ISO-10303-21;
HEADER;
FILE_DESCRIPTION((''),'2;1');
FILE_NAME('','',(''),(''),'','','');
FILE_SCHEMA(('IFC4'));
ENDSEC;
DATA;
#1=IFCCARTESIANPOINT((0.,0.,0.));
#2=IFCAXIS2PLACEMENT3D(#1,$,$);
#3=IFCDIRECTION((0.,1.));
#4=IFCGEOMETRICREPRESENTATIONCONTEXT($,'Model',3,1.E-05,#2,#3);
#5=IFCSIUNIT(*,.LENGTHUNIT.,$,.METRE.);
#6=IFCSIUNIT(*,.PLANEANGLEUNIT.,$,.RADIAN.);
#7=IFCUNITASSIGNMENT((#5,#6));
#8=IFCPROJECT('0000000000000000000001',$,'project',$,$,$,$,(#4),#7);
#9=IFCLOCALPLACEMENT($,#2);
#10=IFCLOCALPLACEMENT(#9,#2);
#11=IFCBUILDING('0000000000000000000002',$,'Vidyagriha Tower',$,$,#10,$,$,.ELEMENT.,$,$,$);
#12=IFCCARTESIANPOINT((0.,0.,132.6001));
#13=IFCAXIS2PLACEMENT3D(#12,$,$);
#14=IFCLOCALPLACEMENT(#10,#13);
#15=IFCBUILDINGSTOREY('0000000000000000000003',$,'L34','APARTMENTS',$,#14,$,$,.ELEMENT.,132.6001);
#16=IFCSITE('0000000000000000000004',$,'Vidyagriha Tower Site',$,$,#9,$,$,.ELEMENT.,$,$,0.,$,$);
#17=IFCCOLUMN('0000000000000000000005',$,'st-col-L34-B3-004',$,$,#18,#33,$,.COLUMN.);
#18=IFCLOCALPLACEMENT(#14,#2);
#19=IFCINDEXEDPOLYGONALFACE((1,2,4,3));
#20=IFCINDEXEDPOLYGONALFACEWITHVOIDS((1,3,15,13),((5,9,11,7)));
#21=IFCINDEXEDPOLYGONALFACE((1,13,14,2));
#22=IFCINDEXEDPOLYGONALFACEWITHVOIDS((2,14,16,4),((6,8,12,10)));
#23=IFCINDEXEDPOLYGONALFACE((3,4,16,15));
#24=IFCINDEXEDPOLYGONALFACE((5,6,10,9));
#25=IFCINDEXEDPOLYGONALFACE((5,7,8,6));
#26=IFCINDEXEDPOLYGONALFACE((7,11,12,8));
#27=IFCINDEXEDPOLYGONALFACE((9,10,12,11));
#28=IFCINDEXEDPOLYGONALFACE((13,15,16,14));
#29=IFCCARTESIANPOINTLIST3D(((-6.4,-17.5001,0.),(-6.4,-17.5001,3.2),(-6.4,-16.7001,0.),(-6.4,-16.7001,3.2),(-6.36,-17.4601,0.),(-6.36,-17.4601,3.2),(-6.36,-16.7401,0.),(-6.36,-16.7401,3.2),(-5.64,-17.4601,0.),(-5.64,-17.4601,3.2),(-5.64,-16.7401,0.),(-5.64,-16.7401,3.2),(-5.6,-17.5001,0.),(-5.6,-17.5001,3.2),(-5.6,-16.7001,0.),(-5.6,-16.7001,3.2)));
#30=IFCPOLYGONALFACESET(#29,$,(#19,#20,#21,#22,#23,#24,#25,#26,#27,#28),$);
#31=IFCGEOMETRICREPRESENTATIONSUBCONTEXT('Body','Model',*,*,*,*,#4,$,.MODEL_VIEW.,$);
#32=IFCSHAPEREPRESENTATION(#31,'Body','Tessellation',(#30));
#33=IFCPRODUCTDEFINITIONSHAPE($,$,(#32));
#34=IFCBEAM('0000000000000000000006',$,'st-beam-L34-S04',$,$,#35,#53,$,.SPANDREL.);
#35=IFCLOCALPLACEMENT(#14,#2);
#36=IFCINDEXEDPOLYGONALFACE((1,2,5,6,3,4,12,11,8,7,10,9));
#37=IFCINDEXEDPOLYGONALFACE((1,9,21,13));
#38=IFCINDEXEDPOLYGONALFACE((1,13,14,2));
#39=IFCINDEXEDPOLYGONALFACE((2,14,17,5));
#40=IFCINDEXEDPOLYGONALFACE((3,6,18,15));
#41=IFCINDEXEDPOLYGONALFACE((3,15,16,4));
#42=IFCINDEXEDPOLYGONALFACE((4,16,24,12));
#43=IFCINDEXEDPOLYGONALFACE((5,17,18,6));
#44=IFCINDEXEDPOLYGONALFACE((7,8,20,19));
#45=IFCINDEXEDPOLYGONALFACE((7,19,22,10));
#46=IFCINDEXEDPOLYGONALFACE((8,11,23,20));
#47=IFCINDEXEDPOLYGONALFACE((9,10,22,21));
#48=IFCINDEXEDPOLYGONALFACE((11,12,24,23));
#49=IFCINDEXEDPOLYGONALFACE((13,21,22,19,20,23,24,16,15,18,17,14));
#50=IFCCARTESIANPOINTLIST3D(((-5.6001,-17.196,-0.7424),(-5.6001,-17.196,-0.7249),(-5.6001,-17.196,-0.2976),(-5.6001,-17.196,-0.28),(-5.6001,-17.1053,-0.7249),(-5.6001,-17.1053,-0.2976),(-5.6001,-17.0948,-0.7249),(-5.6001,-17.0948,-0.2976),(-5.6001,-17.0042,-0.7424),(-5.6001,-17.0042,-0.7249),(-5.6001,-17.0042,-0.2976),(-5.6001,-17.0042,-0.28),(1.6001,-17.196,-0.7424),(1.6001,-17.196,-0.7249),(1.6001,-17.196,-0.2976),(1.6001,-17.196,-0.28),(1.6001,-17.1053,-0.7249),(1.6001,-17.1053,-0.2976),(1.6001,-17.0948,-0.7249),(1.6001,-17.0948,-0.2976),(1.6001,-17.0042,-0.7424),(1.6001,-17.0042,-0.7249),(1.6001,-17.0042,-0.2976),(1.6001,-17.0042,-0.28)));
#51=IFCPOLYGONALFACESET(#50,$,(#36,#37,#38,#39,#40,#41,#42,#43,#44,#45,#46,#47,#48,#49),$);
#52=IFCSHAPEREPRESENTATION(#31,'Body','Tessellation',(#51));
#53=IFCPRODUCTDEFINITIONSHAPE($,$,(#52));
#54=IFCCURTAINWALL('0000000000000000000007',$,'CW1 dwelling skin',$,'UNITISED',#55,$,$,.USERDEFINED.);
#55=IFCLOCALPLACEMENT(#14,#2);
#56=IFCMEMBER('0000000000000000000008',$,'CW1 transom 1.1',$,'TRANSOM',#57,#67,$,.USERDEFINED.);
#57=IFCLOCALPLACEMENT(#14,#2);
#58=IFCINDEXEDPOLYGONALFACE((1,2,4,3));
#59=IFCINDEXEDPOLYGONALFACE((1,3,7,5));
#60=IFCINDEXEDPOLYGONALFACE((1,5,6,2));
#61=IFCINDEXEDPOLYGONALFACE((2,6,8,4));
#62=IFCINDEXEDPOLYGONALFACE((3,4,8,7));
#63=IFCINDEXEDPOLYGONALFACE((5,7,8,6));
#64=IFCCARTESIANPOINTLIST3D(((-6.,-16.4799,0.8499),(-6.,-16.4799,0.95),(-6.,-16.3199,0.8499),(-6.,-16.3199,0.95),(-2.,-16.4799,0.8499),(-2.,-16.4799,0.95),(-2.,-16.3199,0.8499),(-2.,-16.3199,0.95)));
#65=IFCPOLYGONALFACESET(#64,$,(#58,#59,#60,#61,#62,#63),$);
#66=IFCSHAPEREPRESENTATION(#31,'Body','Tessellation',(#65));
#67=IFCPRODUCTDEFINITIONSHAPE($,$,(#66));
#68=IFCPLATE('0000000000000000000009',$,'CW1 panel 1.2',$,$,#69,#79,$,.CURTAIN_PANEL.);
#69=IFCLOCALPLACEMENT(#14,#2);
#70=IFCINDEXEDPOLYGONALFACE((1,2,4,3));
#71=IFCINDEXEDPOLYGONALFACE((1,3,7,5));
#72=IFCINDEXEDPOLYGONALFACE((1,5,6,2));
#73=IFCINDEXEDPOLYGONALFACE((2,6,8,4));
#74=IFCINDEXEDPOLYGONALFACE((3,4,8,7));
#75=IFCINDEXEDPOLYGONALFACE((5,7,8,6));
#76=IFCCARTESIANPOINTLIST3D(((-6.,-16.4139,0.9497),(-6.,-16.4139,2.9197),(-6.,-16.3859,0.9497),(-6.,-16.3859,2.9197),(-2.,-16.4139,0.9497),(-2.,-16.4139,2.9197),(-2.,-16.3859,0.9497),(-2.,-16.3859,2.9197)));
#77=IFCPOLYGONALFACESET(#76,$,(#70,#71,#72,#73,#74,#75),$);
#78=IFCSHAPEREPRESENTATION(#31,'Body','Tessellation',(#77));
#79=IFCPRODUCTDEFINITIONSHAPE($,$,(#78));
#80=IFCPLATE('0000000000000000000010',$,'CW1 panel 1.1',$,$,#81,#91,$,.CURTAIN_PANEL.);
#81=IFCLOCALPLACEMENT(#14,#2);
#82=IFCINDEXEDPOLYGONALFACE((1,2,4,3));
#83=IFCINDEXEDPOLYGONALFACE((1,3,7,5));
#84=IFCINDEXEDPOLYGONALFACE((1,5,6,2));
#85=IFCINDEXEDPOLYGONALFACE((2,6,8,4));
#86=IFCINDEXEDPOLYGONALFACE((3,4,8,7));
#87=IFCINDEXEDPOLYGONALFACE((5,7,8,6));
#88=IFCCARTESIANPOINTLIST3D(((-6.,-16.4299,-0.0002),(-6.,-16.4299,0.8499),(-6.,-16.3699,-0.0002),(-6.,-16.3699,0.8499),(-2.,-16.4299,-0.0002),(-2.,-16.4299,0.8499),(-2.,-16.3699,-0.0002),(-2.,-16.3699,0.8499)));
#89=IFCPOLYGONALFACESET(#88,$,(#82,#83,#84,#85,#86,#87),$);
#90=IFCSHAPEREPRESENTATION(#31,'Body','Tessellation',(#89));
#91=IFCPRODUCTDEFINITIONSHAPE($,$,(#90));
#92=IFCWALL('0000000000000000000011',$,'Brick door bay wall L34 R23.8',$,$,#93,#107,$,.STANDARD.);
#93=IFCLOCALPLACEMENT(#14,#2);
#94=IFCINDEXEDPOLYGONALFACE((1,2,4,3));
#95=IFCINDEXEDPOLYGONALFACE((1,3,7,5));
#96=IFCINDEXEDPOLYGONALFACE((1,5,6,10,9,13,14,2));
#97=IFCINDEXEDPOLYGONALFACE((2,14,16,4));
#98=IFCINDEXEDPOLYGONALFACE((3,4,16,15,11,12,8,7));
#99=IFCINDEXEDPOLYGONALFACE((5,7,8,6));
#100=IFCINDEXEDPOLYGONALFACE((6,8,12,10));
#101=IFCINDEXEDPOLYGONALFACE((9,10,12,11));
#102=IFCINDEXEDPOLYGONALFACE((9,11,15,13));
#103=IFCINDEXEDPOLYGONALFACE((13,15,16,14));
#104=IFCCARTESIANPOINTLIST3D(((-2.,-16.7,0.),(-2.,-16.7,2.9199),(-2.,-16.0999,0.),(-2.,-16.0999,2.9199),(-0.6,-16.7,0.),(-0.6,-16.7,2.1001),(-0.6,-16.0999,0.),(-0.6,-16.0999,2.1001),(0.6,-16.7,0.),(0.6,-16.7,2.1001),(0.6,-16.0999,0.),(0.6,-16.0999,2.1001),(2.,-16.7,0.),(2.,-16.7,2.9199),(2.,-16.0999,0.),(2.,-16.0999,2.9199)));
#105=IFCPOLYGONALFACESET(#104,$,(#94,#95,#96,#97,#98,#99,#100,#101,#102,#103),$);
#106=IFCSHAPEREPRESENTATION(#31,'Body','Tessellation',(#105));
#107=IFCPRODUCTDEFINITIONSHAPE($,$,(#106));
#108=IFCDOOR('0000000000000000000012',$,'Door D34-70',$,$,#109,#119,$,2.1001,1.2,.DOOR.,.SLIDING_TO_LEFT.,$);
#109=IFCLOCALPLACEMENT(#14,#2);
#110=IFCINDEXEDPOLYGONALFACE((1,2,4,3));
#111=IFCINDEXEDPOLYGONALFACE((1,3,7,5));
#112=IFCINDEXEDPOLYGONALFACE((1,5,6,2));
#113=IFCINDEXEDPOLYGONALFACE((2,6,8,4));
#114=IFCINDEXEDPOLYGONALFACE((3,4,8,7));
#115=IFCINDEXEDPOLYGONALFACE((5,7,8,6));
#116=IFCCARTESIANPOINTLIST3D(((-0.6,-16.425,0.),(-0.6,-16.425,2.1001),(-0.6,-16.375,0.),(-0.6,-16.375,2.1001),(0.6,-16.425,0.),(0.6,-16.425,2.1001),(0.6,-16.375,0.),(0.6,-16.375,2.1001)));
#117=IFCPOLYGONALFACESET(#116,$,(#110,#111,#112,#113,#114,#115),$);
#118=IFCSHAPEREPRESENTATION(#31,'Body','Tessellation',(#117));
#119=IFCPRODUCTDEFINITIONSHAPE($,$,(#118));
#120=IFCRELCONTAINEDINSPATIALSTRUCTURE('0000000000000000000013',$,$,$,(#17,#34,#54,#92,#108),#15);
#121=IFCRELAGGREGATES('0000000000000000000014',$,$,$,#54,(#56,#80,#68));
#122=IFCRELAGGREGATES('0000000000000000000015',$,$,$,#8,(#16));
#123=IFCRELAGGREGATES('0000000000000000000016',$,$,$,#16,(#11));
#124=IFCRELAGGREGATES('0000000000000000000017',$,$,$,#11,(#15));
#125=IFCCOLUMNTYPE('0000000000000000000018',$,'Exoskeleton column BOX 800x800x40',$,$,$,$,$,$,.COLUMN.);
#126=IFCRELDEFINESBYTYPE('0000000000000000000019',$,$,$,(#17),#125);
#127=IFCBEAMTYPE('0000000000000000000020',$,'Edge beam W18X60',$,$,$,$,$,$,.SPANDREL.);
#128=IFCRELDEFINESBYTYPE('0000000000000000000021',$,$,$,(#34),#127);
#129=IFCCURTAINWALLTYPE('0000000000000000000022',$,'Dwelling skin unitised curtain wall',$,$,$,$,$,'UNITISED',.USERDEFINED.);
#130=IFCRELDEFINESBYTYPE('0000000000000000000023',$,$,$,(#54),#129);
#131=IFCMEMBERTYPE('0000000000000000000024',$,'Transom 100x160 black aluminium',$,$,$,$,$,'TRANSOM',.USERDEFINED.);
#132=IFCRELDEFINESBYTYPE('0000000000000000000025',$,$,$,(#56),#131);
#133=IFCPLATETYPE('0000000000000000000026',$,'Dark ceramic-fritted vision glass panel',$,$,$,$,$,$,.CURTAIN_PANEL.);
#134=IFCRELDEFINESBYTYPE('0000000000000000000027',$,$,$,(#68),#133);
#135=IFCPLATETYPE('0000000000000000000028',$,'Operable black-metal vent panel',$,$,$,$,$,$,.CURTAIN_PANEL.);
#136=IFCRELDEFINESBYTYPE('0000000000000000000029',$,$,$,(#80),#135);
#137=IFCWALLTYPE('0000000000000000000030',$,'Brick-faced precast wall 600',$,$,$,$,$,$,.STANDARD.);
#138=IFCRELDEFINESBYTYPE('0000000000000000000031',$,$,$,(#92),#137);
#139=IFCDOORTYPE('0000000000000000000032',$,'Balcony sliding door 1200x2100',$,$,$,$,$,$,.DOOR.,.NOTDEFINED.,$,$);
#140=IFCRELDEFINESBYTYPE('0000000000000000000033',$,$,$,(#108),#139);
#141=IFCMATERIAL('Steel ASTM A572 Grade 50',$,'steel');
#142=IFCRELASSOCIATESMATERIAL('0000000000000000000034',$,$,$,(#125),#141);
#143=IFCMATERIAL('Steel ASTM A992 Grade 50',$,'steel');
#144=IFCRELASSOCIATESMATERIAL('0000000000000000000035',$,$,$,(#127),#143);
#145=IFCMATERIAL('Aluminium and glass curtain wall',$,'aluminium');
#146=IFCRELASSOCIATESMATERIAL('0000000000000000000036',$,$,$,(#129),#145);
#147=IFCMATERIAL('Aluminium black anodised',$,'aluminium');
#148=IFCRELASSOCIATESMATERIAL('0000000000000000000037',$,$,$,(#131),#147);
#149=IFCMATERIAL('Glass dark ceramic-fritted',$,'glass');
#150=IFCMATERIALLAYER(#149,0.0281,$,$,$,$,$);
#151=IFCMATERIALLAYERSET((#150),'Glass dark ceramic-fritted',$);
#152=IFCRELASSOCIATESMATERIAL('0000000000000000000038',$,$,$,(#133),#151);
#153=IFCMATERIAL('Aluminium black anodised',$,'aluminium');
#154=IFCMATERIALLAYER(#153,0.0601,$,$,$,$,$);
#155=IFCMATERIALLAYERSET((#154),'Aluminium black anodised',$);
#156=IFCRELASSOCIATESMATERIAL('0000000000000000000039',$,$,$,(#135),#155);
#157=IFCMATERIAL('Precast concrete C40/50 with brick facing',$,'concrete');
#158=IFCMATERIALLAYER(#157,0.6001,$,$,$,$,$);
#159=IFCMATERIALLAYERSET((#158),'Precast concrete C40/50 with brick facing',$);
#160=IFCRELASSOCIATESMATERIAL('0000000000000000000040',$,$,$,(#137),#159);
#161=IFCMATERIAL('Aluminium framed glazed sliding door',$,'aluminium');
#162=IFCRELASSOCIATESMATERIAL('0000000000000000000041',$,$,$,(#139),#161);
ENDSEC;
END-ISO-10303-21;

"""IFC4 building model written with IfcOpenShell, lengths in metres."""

from ifc_helpers import new_model, si_unit, direction, frame, frame_2d, origin, origin_2d, place, context, subcontext, project, spatial, rectangle, hollow_rectangle, i_section, extrude, material, layer, layer_set, material_profile, profile_set, type_object, element, fill, aggregate, save


model = new_model("IFC4")

# Units and contexts
model_context = context("Model", 3, precision=1e-05, world=origin(), true_north=direction((0.0, 1.0)))
body_context = subcontext(model_context, "Body", "Model", "MODEL_VIEW")
ifc_project = project(units=[si_unit("LENGTHUNIT", "METRE"), si_unit("PLANEANGLEUNIT", "RADIAN")], contexts=[model_context])

# Site, building, storey
site_placement = place(None, origin())
site = spatial("IfcSite", under=ifc_project, at=site_placement, Name="Vidyagriha Tower Site", CompositionType="ELEMENT", RefElevation=0.0)
building_placement = place(site_placement, origin())
building = spatial("IfcBuilding", under=site, at=building_placement, Name="Vidyagriha Tower", CompositionType="ELEMENT")
storey_placement = place(building_placement, frame((0.0, 0.0, 132.6001)))
storey = spatial("IfcBuildingStorey", under=building, at=storey_placement, Name="L34", Description="APARTMENTS", CompositionType="ELEMENT", Elevation=132.6001)

# Column
ifc_material_1 = material(Name="Steel ASTM A572 Grade 50", Category="steel")
ifc_material_profile_1 = material_profile(ifc_material_1, hollow_rectangle(XDim=0.8, YDim=0.8, WallThickness=0.04, at=origin_2d()), Name="BOX 800x800x40")
ifc_profile_set_1 = profile_set([ifc_material_profile_1], Name="Steel ASTM A572 Grade 50")
column_type = type_object("IfcColumnType", Name="Exoskeleton column BOX 800x800x40", PredefinedType="COLUMN", material=ifc_profile_set_1)
column_placement = place(storey_placement, frame((-6.0, -17.1001, 0.0)))
element("IfcColumn", 1, at=column_placement, inside=storey, type_object=column_type, Name="st-col-L34-B3-004", PredefinedType="COLUMN", context=body_context, shape_type="SweptSolid", body=[
    extrude(hollow_rectangle(XDim=0.8, YDim=0.8, WallThickness=0.04, at=origin_2d()), origin(), (0.0, 0.0, 1.0), 3.2),
])

# Beam
ifc_material_2 = material(Name="Steel ASTM A992 Grade 50", Category="steel")
ifc_material_profile_2 = material_profile(ifc_material_2, i_section(OverallWidth=0.1919, OverallDepth=0.4624, WebThickness=0.0105, FlangeThickness=0.0176, at=origin_2d()), Name="W18X60")
ifc_profile_set_2 = profile_set([ifc_material_profile_2], Name="Steel ASTM A992 Grade 50")
beam_type = type_object("IfcBeamType", Name="Edge beam W18X60", PredefinedType="SPANDREL", material=ifc_profile_set_2)
beam_placement = place(storey_placement, frame((-5.6001, -17.1001, -0.5112), z_axis=(1.0, 0.0, 0.0), x_axis=(0.0, 1.0, 0.0)))
element("IfcBeam", 2, at=beam_placement, inside=storey, type_object=beam_type, Name="st-beam-L34-S04", PredefinedType="SPANDREL", context=body_context, shape_type="SweptSolid", body=[
    extrude(i_section(OverallWidth=0.1919, OverallDepth=0.4624, WebThickness=0.0105, FlangeThickness=0.0176, at=origin_2d()), origin(), (0.0, 0.0, 1.0), 7.2002),
])

# Curtain wall, member, plates
ifc_material_3 = material(Name="Aluminium and glass curtain wall", Category="aluminium")
curtain_wall_type = type_object("IfcCurtainWallType", Name="Dwelling skin unitised curtain wall", ElementType="UNITISED", PredefinedType="USERDEFINED", material=ifc_material_3)
curtain_wall_placement = place(storey_placement, origin())
curtain_wall = element("IfcCurtainWall", 3, at=curtain_wall_placement, inside=storey, type_object=curtain_wall_type, Name="CW1 dwelling skin", ObjectType="UNITISED", PredefinedType="USERDEFINED")
ifc_material_4 = material(Name="Aluminium black anodised", Category="aluminium")
ifc_material_profile_3 = material_profile(ifc_material_4, rectangle(XDim=0.1599, YDim=0.1001, at=origin_2d()), Name="Transom 100x160 black aluminium")
ifc_profile_set_3 = profile_set([ifc_material_profile_3], Name="Aluminium black anodised")
member_type = type_object("IfcMemberType", Name="Transom 100x160 black aluminium", ElementType="TRANSOM", PredefinedType="USERDEFINED", material=ifc_profile_set_3)
member_placement = place(storey_placement, frame((-6.0, -16.3999, 0.8999), z_axis=(1.0, 0.0, 0.0), x_axis=(0.0, 1.0, 0.0)))
member = element("IfcMember", 4, at=member_placement, type_object=member_type, Name="CW1 transom 1.1", ObjectType="TRANSOM", PredefinedType="USERDEFINED", context=body_context, shape_type="SweptSolid", body=[
    extrude(rectangle(XDim=0.1599, YDim=0.1001, at=origin_2d()), origin(), (0.0, 0.0, 1.0), 4.0),
])
ifc_material_5 = material(Name="Glass dark ceramic-fritted", Category="glass")
ifc_layer_1 = layer(ifc_material_5, 0.0281)
ifc_layer_set_1 = layer_set([ifc_layer_1], Name="Glass dark ceramic-fritted")
plate_type_1 = type_object("IfcPlateType", Name="Dark ceramic-fritted vision glass panel", PredefinedType="CURTAIN_PANEL", material=ifc_layer_set_1)
plate_1_placement = place(storey_placement, frame((-4.0, -16.3999, 0.9497)))
plate_1 = element("IfcPlate", 5, at=plate_1_placement, type_object=plate_type_1, Name="CW1 panel 1.2", PredefinedType="CURTAIN_PANEL", context=body_context, shape_type="SweptSolid", body=[
    extrude(rectangle(XDim=4.0, YDim=0.0281, at=origin_2d()), origin(), (0.0, 0.0, 1.0), 1.97),
])
ifc_material_6 = material(Name="Aluminium black anodised", Category="aluminium")
ifc_layer_2 = layer(ifc_material_6, 0.0601)
ifc_layer_set_2 = layer_set([ifc_layer_2], Name="Aluminium black anodised")
plate_type_2 = type_object("IfcPlateType", Name="Operable black-metal vent panel", PredefinedType="CURTAIN_PANEL", material=ifc_layer_set_2)
plate_2_placement = place(storey_placement, frame((-4.0, -16.3999, -0.0002)))
plate_2 = element("IfcPlate", 6, at=plate_2_placement, type_object=plate_type_2, Name="CW1 panel 1.1", PredefinedType="CURTAIN_PANEL", context=body_context, shape_type="SweptSolid", body=[
    extrude(rectangle(XDim=4.0, YDim=0.0601, at=origin_2d()), origin(), (0.0, 0.0, 1.0), 0.8501),
])
aggregate(curtain_wall, [member, plate_2, plate_1])

# Wall, opening, door
ifc_material_7 = material(Name="Precast concrete C40/50 with brick facing", Category="concrete")
ifc_layer_3 = layer(ifc_material_7, 0.6001)
ifc_layer_set_3 = layer_set([ifc_layer_3], Name="Precast concrete C40/50 with brick facing")
wall_type_1 = type_object("IfcWallType", Name="Brick-faced precast wall 600", PredefinedType="STANDARD", material=ifc_layer_set_3)
wall_1_placement = place(storey_placement, frame((-2.0, -16.3999, 0.0)))
wall_1 = element("IfcWall", 7, at=wall_1_placement, inside=storey, type_object=wall_type_1, Name="Brick door bay wall L34 R23.8", PredefinedType="STANDARD", context=body_context, shape_type="SweptSolid", body=[
    extrude(rectangle(XDim=4.0, YDim=0.6001, at=frame_2d((2.0, 0.0))), origin(), (0.0, 0.0, 1.0), 2.9199),
])
opening_1_placement = place(wall_1_placement, frame((1.3999, 0.0, 0.0)))
opening_1 = element("IfcOpeningElement", 8, at=opening_1_placement, cuts=wall_1, PredefinedType="OPENING", context=body_context, shape_type="SweptSolid", body=[
    extrude(rectangle(XDim=1.2, YDim=2.1001, at=frame_2d((0.6001, 1.05))), frame((0.0, 0.3101, 0.0), z_axis=(0.0, -1.0, 0.0), x_axis=(1.0, 0.0, 0.0)), (0.0, 0.0, 1.0), 0.6201),
])
ifc_material_8 = material(Name="Aluminium framed glazed sliding door", Category="aluminium")
door_type_1 = type_object("IfcDoorType", Name="Balcony sliding door 1200x2100", OperationType="NOTDEFINED", PredefinedType="DOOR", material=ifc_material_8)
door_1_placement = place(opening_1_placement, origin())
door_1 = element("IfcDoor", 9, at=door_1_placement, inside=storey, type_object=door_type_1, Name="Door D34-70", OperationType="SLIDING_TO_LEFT", OverallHeight=2.1001, OverallWidth=1.2, PredefinedType="DOOR", context=body_context, shape_type="SweptSolid", body=[
    extrude(rectangle(XDim=1.2, YDim=2.1001, at=frame_2d((0.6001, 1.05))), frame((0.0, 0.0249, 0.0), z_axis=(0.0, -1.0, 0.0), x_axis=(1.0, 0.0, 0.0)), (0.0, 0.0, 1.0), 0.05),
])
fill(opening_1, door_1)

save(model, "model.ifc")
